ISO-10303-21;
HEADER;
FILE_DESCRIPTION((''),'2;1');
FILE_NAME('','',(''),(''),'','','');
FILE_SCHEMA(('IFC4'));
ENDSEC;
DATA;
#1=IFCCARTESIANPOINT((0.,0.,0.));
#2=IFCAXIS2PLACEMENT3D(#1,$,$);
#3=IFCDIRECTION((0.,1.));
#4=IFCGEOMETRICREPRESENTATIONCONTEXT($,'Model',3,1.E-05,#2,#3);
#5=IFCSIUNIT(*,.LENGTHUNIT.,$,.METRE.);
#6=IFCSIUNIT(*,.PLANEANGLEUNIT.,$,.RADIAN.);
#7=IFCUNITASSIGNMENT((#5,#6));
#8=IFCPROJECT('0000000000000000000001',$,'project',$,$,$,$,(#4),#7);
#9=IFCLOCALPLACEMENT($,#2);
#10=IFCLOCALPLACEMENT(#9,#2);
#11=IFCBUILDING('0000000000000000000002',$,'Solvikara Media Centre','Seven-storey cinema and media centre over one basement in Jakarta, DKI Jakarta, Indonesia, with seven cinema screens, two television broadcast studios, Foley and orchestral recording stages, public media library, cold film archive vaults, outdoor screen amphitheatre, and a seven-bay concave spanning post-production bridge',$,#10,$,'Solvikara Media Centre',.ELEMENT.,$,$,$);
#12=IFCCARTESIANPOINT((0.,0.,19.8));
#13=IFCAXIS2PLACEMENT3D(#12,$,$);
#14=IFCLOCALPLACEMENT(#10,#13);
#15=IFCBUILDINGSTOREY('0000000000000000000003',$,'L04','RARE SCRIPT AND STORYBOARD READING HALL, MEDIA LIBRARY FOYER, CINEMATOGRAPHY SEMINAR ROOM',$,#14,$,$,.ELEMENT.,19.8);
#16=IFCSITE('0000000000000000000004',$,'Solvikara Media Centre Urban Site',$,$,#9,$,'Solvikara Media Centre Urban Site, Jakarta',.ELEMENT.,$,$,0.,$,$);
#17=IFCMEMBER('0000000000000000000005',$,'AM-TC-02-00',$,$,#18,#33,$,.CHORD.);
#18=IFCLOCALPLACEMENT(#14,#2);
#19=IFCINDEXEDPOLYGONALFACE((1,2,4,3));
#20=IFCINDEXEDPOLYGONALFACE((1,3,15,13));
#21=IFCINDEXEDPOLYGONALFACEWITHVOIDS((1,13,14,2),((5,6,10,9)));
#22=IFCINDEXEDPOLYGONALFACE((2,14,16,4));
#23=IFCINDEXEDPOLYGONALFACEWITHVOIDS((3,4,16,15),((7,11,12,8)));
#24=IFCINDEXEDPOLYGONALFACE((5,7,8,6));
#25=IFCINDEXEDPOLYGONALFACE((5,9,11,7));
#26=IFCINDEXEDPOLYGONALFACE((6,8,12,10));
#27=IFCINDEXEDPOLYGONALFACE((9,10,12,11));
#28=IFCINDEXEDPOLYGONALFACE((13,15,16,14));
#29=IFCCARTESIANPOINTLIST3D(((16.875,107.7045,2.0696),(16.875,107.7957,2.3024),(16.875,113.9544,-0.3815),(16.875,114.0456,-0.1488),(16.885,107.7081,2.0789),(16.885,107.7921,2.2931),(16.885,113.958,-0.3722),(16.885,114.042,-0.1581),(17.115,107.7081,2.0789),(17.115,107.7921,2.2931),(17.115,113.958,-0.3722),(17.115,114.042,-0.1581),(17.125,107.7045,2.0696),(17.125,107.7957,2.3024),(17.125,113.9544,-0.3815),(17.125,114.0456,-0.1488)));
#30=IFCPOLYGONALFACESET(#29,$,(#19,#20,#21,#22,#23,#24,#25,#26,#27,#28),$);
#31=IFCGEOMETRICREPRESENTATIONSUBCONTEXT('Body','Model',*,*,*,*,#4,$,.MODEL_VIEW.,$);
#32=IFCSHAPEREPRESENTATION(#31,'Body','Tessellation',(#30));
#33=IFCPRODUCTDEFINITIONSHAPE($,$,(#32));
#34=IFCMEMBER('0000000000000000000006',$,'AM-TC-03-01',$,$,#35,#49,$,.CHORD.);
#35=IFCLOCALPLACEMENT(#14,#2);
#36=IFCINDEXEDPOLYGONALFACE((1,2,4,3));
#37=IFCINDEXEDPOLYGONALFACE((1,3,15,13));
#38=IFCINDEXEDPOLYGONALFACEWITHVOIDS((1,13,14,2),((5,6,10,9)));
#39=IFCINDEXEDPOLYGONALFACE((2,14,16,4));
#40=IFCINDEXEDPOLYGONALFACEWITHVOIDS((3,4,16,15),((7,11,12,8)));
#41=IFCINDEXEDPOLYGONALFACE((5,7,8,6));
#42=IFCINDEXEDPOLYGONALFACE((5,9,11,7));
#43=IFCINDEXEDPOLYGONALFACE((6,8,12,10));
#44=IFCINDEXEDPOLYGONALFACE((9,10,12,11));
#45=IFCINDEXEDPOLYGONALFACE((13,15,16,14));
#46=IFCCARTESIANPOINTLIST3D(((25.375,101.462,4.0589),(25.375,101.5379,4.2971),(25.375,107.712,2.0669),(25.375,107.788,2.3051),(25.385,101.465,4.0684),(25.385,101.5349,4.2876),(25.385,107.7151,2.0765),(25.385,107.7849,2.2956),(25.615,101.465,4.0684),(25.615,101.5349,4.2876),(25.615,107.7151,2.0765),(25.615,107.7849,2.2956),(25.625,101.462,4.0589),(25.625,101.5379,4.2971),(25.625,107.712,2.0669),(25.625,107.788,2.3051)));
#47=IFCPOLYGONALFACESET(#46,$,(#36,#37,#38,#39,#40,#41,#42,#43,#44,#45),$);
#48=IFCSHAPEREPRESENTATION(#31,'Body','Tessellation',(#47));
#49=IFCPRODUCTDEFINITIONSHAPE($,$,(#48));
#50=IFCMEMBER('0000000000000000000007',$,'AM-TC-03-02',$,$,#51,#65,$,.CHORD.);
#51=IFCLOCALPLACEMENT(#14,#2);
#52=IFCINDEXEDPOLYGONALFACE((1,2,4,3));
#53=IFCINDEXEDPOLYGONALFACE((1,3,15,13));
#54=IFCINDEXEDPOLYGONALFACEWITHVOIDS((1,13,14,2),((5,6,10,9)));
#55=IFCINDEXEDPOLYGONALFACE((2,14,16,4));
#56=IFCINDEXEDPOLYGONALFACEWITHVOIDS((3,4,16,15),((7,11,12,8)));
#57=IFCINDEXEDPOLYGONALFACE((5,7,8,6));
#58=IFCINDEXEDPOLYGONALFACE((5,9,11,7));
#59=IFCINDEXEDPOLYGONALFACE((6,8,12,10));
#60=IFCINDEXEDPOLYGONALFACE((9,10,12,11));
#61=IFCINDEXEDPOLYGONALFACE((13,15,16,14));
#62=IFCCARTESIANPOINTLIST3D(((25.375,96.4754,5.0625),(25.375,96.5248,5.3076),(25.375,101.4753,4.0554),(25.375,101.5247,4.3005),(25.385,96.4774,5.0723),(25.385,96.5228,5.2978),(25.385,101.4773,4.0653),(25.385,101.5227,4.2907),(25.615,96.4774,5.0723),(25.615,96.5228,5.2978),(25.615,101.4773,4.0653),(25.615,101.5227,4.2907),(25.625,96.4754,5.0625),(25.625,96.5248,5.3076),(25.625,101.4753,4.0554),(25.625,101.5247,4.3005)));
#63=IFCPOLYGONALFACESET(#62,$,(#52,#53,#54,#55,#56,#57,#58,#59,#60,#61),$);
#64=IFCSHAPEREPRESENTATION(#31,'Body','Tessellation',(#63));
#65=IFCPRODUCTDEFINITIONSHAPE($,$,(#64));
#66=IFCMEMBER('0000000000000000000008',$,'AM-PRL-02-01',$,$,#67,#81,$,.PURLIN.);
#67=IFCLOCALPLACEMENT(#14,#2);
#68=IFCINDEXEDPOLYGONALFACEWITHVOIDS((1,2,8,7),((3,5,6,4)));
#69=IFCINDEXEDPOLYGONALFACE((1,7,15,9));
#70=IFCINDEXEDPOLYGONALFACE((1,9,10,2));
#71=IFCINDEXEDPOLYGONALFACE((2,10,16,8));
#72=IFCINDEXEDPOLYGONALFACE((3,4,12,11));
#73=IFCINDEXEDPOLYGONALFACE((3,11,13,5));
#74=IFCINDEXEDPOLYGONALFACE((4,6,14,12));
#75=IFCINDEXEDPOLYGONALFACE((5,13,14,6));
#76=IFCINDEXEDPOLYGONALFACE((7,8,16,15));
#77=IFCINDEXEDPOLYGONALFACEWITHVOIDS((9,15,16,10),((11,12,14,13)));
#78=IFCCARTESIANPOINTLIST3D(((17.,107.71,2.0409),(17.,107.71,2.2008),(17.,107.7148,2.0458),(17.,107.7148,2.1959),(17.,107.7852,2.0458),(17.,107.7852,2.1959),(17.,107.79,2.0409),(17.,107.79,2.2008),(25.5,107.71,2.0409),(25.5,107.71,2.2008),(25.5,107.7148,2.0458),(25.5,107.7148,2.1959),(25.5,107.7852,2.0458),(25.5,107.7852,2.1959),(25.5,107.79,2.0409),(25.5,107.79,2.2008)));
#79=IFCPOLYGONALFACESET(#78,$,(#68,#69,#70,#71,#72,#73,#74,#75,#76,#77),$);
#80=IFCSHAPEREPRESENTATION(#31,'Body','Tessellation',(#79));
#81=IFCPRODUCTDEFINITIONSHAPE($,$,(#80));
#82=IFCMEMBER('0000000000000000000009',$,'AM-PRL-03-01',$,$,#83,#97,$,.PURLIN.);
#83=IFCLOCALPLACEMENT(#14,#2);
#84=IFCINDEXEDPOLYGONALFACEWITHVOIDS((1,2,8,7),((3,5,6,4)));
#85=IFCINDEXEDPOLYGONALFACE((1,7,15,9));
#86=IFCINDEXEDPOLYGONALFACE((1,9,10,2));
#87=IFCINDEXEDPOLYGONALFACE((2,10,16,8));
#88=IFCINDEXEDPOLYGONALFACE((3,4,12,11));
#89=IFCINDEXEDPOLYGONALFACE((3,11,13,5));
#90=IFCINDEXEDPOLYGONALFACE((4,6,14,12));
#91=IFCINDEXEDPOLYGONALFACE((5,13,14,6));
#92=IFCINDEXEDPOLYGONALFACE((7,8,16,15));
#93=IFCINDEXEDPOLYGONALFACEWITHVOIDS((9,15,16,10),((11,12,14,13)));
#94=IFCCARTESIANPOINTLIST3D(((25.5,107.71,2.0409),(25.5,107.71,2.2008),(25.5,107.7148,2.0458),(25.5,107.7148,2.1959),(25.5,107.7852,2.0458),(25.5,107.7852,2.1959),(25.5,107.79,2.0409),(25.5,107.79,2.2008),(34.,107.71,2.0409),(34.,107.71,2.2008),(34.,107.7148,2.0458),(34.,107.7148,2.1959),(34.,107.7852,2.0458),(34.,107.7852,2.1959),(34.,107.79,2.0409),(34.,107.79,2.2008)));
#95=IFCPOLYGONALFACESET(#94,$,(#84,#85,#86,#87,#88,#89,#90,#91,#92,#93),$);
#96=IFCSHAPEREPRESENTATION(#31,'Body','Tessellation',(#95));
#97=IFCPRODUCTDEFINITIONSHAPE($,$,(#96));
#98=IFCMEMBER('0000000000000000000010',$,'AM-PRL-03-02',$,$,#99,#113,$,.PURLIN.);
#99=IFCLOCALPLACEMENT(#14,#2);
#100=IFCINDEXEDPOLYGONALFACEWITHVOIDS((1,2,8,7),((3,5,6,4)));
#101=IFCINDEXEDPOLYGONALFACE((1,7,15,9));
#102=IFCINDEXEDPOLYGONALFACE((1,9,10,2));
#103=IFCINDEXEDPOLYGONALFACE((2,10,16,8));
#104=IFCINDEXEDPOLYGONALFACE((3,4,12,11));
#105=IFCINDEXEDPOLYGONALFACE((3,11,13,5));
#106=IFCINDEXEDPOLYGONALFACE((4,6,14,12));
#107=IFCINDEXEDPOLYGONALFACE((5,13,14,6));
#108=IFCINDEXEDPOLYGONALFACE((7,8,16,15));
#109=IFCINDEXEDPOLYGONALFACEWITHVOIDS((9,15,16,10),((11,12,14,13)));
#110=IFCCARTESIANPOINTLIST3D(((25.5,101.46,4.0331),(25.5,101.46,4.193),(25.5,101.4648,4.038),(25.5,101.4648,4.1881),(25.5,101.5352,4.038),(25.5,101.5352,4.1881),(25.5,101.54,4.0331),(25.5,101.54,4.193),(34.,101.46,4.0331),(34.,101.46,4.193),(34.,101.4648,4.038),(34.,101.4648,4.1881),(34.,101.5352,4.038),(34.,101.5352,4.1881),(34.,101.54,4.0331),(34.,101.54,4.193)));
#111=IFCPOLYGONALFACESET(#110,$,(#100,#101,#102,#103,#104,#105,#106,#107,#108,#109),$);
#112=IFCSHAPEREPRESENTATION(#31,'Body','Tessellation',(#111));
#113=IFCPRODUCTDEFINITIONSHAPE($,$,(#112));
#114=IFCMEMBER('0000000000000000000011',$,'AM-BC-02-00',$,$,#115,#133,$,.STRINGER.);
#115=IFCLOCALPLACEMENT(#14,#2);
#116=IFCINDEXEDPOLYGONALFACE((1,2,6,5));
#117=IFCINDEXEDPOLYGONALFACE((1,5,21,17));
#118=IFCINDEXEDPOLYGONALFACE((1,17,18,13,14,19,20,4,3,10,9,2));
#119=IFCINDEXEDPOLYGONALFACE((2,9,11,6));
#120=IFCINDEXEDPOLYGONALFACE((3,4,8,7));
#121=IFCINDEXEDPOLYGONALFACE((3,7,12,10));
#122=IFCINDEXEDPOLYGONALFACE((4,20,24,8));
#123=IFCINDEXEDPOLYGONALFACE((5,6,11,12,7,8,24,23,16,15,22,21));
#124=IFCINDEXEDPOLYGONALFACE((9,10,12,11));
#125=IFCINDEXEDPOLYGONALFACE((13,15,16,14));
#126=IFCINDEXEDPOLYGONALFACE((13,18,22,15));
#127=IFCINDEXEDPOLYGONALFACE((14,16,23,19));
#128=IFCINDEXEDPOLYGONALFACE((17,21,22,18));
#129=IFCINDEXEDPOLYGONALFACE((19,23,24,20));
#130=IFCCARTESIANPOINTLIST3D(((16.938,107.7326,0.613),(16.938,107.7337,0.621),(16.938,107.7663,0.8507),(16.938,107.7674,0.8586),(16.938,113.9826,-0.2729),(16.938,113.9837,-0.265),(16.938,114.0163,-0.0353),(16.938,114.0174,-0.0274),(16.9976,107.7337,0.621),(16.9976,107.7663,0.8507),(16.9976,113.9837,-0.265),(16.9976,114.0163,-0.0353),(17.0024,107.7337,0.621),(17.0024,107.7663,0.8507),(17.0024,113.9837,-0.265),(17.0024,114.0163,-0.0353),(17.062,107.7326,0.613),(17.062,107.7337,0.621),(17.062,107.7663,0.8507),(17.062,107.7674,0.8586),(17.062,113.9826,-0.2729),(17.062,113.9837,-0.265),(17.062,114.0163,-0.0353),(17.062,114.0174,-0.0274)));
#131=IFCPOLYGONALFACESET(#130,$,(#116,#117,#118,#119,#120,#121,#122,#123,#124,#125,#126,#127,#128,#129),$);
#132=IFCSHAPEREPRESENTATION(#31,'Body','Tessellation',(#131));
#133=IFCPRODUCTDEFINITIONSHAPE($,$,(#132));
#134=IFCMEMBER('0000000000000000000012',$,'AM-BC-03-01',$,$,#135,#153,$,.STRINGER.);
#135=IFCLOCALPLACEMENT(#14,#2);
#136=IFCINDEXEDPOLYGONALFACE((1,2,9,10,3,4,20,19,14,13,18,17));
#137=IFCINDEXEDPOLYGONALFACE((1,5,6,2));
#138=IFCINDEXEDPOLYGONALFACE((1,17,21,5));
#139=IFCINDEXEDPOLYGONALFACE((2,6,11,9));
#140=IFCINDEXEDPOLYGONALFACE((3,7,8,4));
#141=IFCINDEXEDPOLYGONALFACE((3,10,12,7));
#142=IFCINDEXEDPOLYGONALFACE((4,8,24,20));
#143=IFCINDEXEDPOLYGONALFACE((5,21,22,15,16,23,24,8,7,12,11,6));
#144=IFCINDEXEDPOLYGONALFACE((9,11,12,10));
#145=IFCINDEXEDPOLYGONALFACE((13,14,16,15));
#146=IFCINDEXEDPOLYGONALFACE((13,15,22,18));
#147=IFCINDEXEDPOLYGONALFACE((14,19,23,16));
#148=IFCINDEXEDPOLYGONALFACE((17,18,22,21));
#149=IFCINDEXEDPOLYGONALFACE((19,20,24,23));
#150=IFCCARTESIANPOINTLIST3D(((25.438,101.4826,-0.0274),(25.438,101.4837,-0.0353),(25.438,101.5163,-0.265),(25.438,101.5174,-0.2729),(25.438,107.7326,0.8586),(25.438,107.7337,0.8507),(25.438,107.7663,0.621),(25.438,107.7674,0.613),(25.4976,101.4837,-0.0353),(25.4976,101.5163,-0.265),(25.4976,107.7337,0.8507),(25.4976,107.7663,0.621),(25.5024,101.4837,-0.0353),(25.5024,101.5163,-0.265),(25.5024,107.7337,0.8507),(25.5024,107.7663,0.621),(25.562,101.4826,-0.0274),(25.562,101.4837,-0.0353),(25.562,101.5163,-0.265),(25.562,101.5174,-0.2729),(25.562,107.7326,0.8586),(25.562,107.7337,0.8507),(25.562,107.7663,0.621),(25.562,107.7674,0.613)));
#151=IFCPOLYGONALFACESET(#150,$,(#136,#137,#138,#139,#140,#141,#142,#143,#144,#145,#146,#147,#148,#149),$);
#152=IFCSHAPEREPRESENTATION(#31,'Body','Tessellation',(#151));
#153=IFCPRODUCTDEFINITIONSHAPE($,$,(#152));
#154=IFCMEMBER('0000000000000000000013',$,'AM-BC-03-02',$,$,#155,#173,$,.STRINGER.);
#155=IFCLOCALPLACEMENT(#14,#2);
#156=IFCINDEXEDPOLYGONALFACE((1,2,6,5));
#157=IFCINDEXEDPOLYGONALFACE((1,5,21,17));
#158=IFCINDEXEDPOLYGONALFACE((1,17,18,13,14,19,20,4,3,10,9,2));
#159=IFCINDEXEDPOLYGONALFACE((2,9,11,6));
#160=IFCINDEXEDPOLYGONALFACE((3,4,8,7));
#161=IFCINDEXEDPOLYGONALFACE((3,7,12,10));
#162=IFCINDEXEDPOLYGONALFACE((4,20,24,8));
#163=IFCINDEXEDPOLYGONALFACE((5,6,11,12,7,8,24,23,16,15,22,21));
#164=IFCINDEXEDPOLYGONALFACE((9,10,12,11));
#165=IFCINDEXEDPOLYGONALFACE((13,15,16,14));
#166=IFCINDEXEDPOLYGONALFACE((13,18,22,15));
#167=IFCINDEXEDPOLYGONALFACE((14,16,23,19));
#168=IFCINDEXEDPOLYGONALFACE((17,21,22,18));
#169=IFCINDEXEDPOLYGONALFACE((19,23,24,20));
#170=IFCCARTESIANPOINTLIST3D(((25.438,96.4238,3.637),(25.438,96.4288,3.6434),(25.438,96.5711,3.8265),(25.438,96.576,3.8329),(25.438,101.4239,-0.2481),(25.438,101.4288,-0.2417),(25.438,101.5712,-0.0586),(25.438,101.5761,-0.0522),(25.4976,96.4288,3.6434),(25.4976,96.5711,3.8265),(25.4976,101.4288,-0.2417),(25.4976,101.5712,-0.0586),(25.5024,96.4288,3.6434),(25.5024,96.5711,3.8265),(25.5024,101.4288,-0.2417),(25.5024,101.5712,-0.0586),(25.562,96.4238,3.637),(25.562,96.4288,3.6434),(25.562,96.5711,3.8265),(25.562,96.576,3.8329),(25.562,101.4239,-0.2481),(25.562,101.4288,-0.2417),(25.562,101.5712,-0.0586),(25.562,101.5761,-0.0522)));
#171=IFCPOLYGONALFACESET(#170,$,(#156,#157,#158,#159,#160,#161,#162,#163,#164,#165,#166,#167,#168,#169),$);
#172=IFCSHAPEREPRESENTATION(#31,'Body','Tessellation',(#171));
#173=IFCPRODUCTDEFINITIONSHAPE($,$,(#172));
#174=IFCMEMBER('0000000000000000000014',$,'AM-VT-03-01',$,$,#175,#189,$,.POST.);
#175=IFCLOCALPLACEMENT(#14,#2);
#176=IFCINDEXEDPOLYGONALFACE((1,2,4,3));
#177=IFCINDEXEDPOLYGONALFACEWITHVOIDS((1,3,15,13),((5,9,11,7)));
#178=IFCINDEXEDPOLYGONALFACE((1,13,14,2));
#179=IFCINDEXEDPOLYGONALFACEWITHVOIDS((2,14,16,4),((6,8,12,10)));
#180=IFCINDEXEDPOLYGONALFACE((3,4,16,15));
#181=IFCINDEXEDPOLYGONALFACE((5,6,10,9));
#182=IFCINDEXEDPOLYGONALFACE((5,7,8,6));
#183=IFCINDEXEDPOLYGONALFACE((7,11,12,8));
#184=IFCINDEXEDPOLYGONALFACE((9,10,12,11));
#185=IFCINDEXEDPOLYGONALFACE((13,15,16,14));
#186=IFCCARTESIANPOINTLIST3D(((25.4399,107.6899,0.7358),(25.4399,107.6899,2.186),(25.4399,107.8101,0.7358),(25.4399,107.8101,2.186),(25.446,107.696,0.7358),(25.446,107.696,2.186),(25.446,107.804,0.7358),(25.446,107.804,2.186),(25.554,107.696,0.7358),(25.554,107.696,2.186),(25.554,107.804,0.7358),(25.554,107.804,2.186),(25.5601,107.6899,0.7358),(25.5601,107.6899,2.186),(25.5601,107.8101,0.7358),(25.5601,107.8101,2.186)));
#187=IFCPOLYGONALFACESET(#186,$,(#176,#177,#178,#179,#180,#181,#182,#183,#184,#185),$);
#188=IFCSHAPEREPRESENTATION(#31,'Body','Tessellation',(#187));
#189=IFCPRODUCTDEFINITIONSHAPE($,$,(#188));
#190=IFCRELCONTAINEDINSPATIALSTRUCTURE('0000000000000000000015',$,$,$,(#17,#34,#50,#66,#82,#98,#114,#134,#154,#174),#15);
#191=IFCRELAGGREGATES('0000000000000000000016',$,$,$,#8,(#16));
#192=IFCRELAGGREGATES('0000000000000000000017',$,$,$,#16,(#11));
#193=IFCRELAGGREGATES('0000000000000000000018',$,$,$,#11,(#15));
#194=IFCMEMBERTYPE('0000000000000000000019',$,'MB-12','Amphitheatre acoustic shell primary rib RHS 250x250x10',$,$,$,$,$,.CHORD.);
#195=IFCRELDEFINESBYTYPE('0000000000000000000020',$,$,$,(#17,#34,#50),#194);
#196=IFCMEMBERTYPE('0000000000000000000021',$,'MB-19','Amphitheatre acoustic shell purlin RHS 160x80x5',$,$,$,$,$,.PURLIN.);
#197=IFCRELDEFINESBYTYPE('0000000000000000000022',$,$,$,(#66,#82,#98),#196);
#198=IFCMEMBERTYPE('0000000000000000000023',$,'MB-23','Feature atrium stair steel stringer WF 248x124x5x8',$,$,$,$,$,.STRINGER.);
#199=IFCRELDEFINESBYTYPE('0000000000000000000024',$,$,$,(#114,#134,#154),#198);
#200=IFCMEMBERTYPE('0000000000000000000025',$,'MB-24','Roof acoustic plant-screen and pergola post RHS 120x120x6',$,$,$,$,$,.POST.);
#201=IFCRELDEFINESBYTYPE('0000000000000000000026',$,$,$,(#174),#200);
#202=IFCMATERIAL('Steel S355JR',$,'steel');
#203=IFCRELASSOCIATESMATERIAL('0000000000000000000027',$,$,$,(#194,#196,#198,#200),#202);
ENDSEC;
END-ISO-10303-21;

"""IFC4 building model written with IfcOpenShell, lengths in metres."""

from ifc_helpers import new_model, si_unit, direction, frame, origin, origin_2d, place, context, subcontext, project, spatial, hollow_rectangle, i_section, extrude, material, material_profile, profile_set, type_object, element, save


model = new_model("IFC4")

# Units and contexts
model_context = context("Model", 3, precision=1e-05, world=origin(), true_north=direction((0.0, 1.0)))
body_context = subcontext(model_context, "Body", "Model", "MODEL_VIEW")
ifc_project = project(units=[si_unit("LENGTHUNIT", "METRE"), si_unit("PLANEANGLEUNIT", "RADIAN")], contexts=[model_context])

# Site, building, storey
site_placement = place(None, origin())
site = spatial("IfcSite", under=ifc_project, at=site_placement, Name="Solvikara Media Centre Urban Site", LongName="Solvikara Media Centre Urban Site, Jakarta", CompositionType="ELEMENT", RefElevation=0.0)
building_placement = place(site_placement, origin())
building = spatial("IfcBuilding", under=site, at=building_placement, Name="Solvikara Media Centre", Description="Seven-storey cinema and media centre over one basement in Jakarta, DKI Jakarta, Indonesia, with seven cinema screens, two television broadcast studios, Foley and orchestral recording stages, public media library, cold film archive vaults, outdoor screen amphitheatre, and a seven-bay concave spanning post-production bridge", LongName="Solvikara Media Centre", CompositionType="ELEMENT")
storey_placement = place(building_placement, frame((0.0, 0.0, 19.8)))
storey = spatial("IfcBuildingStorey", under=building, at=storey_placement, Name="L04", Description="RARE SCRIPT AND STORYBOARD READING HALL, MEDIA LIBRARY FOYER, CINEMATOGRAPHY SEMINAR ROOM", CompositionType="ELEMENT", Elevation=19.8)

# Shared definitions
ifc_material_1 = material(Name="Steel S355JR", Category="steel")

# Members
ifc_material_profile_1 = material_profile(ifc_material_1, hollow_rectangle(XDim=0.25, YDim=0.25, WallThickness=0.01, at=origin_2d()), Name="RHS 250x250x10")
ifc_profile_set_1 = profile_set([ifc_material_profile_1], Name="Steel S355JR")
member_type_1 = type_object("IfcMemberType", Name="MB-12", Description="Amphitheatre acoustic shell primary rib RHS 250x250x10", PredefinedType="CHORD", material=ifc_profile_set_1)
member_1_placement = place(storey_placement, frame((17.0, 114.0, -0.2651), z_axis=(0.0, -0.930964, 0.365112), x_axis=(1.0, 0.0, 0.0)))
element("IfcMember", 1, at=member_1_placement, inside=storey, type_object=member_type_1, Name="AM-TC-02-00", PredefinedType="CHORD", context=body_context, shape_type="SweptSolid", body=[
    extrude(hollow_rectangle(XDim=0.25, YDim=0.25, WallThickness=0.01, at=origin_2d()), origin(), (0.0, 0.0, 1.0), 6.7134),
])
member_2_placement = place(storey_placement, frame((25.5, 107.75, 2.186), z_axis=(0.0, -0.95278, 0.303661), x_axis=(1.0, 0.0, 0.0)))
element("IfcMember", 2, at=member_2_placement, inside=storey, type_object=member_type_1, Name="AM-TC-03-01", PredefinedType="CHORD", context=body_context, shape_type="SweptSolid", body=[
    extrude(hollow_rectangle(XDim=0.25, YDim=0.25, WallThickness=0.01, at=origin_2d()), origin(), (0.0, 0.0, 1.0), 6.5598),
])
member_3_placement = place(storey_placement, frame((25.5, 101.5, 4.178), z_axis=(0.0, -0.980313, 0.197451), x_axis=(1.0, 0.0, 0.0)))
element("IfcMember", 3, at=member_3_placement, inside=storey, type_object=member_type_1, Name="AM-TC-03-02", PredefinedType="CHORD", context=body_context, shape_type="SweptSolid", body=[
    extrude(hollow_rectangle(XDim=0.25, YDim=0.25, WallThickness=0.01, at=origin_2d()), origin(), (0.0, 0.0, 1.0), 5.1003),
])
ifc_material_profile_2 = material_profile(ifc_material_1, hollow_rectangle(XDim=0.0801, YDim=0.1599, WallThickness=0.0049, at=origin_2d()), Name="RHS 160x80x5")
ifc_profile_set_2 = profile_set([ifc_material_profile_2], Name="Steel S355JR")
member_type_2 = type_object("IfcMemberType", Name="MB-19", Description="Amphitheatre acoustic shell purlin RHS 160x80x5", PredefinedType="PURLIN", material=ifc_profile_set_2)
for number, where, z_axis, x_axis, name in (
    (4, (17.0, 107.75, 2.1208), (1.0, 0.0, 0.0), (0.0, 1.0, 0.0), "AM-PRL-02-01"),
    (5, (25.5, 107.75, 2.1208), (1.0, 0.0, 0.0), (0.0, 1.0, 0.0), "AM-PRL-03-01"),
    (6, (25.5, 101.5, 4.113), (1.0, 0.0, 0.0), (0.0, 1.0, 0.0), "AM-PRL-03-02"),
):
    element("IfcMember", number, at=place(storey_placement, frame(where, z_axis=z_axis, x_axis=x_axis)), inside=storey, type_object=member_type_2, Name=name, PredefinedType="PURLIN", context=body_context, shape_type="SweptSolid", body=[
        extrude(hollow_rectangle(XDim=0.0801, YDim=0.1599, WallThickness=0.0049, at=origin_2d()), origin(), (0.0, 0.0, 1.0), 8.5),
    ])
ifc_material_profile_3 = material_profile(ifc_material_1, i_section(OverallWidth=0.124, OverallDepth=0.248, WebThickness=0.0049, FlangeThickness=0.0081, at=origin_2d()), Name="WF 248x124x5x8")
ifc_profile_set_3 = profile_set([ifc_material_profile_3], Name="Steel S355JR")
member_type_3 = type_object("IfcMemberType", Name="MB-23", Description="Feature atrium stair steel stringer WF 248x124x5x8", PredefinedType="STRINGER", material=ifc_profile_set_3)
for number, where, z_axis, x_axis, name in (
    (7, (17.0, 114.0, -0.1501), (0.0, -0.990101, 0.140355), (1.0, 0.0, 0.0), "AM-BC-02-00"),
    (8, (25.5, 107.75, 0.7358), (0.0, -0.990101, -0.140355), (1.0, 0.0, 0.0), "AM-BC-03-01"),
):
    element("IfcMember", number, at=place(storey_placement, frame(where, z_axis=z_axis, x_axis=x_axis)), inside=storey, type_object=member_type_3, Name=name, PredefinedType="STRINGER", context=body_context, shape_type="SweptSolid", body=[
        extrude(i_section(OverallWidth=0.124, OverallDepth=0.248, WebThickness=0.0049, FlangeThickness=0.0081, at=origin_2d()), origin(), (0.0, 0.0, 1.0), 6.3125),
    ])
member_4_placement = place(storey_placement, frame((25.5, 101.5, -0.1501), z_axis=(0.0, -0.789649, 0.613559), x_axis=(1.0, 0.0, 0.0)))
element("IfcMember", 9, at=member_4_placement, inside=storey, type_object=member_type_3, Name="AM-BC-03-02", PredefinedType="STRINGER", context=body_context, shape_type="SweptSolid", body=[
    extrude(i_section(OverallWidth=0.124, OverallDepth=0.248, WebThickness=0.0049, FlangeThickness=0.0081, at=origin_2d()), origin(), (0.0, 0.0, 1.0), 6.332),
])
ifc_material_profile_4 = material_profile(ifc_material_1, hollow_rectangle(XDim=0.1201, YDim=0.1201, WallThickness=0.0061, at=origin_2d()), Name="RHS 120x120x6")
ifc_profile_set_4 = profile_set([ifc_material_profile_4], Name="Steel S355JR")
member_type_4 = type_object("IfcMemberType", Name="MB-24", Description="Roof acoustic plant-screen and pergola post RHS 120x120x6", PredefinedType="POST", material=ifc_profile_set_4)
member_5_placement = place(storey_placement, frame((25.5, 107.75, 0.7358), z_axis=(0.0, 0.0, 1.0), x_axis=(1.0, 0.0, 0.0)))
element("IfcMember", 10, at=member_5_placement, inside=storey, type_object=member_type_4, Name="AM-VT-03-01", PredefinedType="POST", context=body_context, shape_type="SweptSolid", body=[
    extrude(hollow_rectangle(XDim=0.1201, YDim=0.1201, WallThickness=0.0061, at=origin_2d()), origin(), (0.0, 0.0, 1.0), 1.4502),
])

save(model, "model.ifc")
